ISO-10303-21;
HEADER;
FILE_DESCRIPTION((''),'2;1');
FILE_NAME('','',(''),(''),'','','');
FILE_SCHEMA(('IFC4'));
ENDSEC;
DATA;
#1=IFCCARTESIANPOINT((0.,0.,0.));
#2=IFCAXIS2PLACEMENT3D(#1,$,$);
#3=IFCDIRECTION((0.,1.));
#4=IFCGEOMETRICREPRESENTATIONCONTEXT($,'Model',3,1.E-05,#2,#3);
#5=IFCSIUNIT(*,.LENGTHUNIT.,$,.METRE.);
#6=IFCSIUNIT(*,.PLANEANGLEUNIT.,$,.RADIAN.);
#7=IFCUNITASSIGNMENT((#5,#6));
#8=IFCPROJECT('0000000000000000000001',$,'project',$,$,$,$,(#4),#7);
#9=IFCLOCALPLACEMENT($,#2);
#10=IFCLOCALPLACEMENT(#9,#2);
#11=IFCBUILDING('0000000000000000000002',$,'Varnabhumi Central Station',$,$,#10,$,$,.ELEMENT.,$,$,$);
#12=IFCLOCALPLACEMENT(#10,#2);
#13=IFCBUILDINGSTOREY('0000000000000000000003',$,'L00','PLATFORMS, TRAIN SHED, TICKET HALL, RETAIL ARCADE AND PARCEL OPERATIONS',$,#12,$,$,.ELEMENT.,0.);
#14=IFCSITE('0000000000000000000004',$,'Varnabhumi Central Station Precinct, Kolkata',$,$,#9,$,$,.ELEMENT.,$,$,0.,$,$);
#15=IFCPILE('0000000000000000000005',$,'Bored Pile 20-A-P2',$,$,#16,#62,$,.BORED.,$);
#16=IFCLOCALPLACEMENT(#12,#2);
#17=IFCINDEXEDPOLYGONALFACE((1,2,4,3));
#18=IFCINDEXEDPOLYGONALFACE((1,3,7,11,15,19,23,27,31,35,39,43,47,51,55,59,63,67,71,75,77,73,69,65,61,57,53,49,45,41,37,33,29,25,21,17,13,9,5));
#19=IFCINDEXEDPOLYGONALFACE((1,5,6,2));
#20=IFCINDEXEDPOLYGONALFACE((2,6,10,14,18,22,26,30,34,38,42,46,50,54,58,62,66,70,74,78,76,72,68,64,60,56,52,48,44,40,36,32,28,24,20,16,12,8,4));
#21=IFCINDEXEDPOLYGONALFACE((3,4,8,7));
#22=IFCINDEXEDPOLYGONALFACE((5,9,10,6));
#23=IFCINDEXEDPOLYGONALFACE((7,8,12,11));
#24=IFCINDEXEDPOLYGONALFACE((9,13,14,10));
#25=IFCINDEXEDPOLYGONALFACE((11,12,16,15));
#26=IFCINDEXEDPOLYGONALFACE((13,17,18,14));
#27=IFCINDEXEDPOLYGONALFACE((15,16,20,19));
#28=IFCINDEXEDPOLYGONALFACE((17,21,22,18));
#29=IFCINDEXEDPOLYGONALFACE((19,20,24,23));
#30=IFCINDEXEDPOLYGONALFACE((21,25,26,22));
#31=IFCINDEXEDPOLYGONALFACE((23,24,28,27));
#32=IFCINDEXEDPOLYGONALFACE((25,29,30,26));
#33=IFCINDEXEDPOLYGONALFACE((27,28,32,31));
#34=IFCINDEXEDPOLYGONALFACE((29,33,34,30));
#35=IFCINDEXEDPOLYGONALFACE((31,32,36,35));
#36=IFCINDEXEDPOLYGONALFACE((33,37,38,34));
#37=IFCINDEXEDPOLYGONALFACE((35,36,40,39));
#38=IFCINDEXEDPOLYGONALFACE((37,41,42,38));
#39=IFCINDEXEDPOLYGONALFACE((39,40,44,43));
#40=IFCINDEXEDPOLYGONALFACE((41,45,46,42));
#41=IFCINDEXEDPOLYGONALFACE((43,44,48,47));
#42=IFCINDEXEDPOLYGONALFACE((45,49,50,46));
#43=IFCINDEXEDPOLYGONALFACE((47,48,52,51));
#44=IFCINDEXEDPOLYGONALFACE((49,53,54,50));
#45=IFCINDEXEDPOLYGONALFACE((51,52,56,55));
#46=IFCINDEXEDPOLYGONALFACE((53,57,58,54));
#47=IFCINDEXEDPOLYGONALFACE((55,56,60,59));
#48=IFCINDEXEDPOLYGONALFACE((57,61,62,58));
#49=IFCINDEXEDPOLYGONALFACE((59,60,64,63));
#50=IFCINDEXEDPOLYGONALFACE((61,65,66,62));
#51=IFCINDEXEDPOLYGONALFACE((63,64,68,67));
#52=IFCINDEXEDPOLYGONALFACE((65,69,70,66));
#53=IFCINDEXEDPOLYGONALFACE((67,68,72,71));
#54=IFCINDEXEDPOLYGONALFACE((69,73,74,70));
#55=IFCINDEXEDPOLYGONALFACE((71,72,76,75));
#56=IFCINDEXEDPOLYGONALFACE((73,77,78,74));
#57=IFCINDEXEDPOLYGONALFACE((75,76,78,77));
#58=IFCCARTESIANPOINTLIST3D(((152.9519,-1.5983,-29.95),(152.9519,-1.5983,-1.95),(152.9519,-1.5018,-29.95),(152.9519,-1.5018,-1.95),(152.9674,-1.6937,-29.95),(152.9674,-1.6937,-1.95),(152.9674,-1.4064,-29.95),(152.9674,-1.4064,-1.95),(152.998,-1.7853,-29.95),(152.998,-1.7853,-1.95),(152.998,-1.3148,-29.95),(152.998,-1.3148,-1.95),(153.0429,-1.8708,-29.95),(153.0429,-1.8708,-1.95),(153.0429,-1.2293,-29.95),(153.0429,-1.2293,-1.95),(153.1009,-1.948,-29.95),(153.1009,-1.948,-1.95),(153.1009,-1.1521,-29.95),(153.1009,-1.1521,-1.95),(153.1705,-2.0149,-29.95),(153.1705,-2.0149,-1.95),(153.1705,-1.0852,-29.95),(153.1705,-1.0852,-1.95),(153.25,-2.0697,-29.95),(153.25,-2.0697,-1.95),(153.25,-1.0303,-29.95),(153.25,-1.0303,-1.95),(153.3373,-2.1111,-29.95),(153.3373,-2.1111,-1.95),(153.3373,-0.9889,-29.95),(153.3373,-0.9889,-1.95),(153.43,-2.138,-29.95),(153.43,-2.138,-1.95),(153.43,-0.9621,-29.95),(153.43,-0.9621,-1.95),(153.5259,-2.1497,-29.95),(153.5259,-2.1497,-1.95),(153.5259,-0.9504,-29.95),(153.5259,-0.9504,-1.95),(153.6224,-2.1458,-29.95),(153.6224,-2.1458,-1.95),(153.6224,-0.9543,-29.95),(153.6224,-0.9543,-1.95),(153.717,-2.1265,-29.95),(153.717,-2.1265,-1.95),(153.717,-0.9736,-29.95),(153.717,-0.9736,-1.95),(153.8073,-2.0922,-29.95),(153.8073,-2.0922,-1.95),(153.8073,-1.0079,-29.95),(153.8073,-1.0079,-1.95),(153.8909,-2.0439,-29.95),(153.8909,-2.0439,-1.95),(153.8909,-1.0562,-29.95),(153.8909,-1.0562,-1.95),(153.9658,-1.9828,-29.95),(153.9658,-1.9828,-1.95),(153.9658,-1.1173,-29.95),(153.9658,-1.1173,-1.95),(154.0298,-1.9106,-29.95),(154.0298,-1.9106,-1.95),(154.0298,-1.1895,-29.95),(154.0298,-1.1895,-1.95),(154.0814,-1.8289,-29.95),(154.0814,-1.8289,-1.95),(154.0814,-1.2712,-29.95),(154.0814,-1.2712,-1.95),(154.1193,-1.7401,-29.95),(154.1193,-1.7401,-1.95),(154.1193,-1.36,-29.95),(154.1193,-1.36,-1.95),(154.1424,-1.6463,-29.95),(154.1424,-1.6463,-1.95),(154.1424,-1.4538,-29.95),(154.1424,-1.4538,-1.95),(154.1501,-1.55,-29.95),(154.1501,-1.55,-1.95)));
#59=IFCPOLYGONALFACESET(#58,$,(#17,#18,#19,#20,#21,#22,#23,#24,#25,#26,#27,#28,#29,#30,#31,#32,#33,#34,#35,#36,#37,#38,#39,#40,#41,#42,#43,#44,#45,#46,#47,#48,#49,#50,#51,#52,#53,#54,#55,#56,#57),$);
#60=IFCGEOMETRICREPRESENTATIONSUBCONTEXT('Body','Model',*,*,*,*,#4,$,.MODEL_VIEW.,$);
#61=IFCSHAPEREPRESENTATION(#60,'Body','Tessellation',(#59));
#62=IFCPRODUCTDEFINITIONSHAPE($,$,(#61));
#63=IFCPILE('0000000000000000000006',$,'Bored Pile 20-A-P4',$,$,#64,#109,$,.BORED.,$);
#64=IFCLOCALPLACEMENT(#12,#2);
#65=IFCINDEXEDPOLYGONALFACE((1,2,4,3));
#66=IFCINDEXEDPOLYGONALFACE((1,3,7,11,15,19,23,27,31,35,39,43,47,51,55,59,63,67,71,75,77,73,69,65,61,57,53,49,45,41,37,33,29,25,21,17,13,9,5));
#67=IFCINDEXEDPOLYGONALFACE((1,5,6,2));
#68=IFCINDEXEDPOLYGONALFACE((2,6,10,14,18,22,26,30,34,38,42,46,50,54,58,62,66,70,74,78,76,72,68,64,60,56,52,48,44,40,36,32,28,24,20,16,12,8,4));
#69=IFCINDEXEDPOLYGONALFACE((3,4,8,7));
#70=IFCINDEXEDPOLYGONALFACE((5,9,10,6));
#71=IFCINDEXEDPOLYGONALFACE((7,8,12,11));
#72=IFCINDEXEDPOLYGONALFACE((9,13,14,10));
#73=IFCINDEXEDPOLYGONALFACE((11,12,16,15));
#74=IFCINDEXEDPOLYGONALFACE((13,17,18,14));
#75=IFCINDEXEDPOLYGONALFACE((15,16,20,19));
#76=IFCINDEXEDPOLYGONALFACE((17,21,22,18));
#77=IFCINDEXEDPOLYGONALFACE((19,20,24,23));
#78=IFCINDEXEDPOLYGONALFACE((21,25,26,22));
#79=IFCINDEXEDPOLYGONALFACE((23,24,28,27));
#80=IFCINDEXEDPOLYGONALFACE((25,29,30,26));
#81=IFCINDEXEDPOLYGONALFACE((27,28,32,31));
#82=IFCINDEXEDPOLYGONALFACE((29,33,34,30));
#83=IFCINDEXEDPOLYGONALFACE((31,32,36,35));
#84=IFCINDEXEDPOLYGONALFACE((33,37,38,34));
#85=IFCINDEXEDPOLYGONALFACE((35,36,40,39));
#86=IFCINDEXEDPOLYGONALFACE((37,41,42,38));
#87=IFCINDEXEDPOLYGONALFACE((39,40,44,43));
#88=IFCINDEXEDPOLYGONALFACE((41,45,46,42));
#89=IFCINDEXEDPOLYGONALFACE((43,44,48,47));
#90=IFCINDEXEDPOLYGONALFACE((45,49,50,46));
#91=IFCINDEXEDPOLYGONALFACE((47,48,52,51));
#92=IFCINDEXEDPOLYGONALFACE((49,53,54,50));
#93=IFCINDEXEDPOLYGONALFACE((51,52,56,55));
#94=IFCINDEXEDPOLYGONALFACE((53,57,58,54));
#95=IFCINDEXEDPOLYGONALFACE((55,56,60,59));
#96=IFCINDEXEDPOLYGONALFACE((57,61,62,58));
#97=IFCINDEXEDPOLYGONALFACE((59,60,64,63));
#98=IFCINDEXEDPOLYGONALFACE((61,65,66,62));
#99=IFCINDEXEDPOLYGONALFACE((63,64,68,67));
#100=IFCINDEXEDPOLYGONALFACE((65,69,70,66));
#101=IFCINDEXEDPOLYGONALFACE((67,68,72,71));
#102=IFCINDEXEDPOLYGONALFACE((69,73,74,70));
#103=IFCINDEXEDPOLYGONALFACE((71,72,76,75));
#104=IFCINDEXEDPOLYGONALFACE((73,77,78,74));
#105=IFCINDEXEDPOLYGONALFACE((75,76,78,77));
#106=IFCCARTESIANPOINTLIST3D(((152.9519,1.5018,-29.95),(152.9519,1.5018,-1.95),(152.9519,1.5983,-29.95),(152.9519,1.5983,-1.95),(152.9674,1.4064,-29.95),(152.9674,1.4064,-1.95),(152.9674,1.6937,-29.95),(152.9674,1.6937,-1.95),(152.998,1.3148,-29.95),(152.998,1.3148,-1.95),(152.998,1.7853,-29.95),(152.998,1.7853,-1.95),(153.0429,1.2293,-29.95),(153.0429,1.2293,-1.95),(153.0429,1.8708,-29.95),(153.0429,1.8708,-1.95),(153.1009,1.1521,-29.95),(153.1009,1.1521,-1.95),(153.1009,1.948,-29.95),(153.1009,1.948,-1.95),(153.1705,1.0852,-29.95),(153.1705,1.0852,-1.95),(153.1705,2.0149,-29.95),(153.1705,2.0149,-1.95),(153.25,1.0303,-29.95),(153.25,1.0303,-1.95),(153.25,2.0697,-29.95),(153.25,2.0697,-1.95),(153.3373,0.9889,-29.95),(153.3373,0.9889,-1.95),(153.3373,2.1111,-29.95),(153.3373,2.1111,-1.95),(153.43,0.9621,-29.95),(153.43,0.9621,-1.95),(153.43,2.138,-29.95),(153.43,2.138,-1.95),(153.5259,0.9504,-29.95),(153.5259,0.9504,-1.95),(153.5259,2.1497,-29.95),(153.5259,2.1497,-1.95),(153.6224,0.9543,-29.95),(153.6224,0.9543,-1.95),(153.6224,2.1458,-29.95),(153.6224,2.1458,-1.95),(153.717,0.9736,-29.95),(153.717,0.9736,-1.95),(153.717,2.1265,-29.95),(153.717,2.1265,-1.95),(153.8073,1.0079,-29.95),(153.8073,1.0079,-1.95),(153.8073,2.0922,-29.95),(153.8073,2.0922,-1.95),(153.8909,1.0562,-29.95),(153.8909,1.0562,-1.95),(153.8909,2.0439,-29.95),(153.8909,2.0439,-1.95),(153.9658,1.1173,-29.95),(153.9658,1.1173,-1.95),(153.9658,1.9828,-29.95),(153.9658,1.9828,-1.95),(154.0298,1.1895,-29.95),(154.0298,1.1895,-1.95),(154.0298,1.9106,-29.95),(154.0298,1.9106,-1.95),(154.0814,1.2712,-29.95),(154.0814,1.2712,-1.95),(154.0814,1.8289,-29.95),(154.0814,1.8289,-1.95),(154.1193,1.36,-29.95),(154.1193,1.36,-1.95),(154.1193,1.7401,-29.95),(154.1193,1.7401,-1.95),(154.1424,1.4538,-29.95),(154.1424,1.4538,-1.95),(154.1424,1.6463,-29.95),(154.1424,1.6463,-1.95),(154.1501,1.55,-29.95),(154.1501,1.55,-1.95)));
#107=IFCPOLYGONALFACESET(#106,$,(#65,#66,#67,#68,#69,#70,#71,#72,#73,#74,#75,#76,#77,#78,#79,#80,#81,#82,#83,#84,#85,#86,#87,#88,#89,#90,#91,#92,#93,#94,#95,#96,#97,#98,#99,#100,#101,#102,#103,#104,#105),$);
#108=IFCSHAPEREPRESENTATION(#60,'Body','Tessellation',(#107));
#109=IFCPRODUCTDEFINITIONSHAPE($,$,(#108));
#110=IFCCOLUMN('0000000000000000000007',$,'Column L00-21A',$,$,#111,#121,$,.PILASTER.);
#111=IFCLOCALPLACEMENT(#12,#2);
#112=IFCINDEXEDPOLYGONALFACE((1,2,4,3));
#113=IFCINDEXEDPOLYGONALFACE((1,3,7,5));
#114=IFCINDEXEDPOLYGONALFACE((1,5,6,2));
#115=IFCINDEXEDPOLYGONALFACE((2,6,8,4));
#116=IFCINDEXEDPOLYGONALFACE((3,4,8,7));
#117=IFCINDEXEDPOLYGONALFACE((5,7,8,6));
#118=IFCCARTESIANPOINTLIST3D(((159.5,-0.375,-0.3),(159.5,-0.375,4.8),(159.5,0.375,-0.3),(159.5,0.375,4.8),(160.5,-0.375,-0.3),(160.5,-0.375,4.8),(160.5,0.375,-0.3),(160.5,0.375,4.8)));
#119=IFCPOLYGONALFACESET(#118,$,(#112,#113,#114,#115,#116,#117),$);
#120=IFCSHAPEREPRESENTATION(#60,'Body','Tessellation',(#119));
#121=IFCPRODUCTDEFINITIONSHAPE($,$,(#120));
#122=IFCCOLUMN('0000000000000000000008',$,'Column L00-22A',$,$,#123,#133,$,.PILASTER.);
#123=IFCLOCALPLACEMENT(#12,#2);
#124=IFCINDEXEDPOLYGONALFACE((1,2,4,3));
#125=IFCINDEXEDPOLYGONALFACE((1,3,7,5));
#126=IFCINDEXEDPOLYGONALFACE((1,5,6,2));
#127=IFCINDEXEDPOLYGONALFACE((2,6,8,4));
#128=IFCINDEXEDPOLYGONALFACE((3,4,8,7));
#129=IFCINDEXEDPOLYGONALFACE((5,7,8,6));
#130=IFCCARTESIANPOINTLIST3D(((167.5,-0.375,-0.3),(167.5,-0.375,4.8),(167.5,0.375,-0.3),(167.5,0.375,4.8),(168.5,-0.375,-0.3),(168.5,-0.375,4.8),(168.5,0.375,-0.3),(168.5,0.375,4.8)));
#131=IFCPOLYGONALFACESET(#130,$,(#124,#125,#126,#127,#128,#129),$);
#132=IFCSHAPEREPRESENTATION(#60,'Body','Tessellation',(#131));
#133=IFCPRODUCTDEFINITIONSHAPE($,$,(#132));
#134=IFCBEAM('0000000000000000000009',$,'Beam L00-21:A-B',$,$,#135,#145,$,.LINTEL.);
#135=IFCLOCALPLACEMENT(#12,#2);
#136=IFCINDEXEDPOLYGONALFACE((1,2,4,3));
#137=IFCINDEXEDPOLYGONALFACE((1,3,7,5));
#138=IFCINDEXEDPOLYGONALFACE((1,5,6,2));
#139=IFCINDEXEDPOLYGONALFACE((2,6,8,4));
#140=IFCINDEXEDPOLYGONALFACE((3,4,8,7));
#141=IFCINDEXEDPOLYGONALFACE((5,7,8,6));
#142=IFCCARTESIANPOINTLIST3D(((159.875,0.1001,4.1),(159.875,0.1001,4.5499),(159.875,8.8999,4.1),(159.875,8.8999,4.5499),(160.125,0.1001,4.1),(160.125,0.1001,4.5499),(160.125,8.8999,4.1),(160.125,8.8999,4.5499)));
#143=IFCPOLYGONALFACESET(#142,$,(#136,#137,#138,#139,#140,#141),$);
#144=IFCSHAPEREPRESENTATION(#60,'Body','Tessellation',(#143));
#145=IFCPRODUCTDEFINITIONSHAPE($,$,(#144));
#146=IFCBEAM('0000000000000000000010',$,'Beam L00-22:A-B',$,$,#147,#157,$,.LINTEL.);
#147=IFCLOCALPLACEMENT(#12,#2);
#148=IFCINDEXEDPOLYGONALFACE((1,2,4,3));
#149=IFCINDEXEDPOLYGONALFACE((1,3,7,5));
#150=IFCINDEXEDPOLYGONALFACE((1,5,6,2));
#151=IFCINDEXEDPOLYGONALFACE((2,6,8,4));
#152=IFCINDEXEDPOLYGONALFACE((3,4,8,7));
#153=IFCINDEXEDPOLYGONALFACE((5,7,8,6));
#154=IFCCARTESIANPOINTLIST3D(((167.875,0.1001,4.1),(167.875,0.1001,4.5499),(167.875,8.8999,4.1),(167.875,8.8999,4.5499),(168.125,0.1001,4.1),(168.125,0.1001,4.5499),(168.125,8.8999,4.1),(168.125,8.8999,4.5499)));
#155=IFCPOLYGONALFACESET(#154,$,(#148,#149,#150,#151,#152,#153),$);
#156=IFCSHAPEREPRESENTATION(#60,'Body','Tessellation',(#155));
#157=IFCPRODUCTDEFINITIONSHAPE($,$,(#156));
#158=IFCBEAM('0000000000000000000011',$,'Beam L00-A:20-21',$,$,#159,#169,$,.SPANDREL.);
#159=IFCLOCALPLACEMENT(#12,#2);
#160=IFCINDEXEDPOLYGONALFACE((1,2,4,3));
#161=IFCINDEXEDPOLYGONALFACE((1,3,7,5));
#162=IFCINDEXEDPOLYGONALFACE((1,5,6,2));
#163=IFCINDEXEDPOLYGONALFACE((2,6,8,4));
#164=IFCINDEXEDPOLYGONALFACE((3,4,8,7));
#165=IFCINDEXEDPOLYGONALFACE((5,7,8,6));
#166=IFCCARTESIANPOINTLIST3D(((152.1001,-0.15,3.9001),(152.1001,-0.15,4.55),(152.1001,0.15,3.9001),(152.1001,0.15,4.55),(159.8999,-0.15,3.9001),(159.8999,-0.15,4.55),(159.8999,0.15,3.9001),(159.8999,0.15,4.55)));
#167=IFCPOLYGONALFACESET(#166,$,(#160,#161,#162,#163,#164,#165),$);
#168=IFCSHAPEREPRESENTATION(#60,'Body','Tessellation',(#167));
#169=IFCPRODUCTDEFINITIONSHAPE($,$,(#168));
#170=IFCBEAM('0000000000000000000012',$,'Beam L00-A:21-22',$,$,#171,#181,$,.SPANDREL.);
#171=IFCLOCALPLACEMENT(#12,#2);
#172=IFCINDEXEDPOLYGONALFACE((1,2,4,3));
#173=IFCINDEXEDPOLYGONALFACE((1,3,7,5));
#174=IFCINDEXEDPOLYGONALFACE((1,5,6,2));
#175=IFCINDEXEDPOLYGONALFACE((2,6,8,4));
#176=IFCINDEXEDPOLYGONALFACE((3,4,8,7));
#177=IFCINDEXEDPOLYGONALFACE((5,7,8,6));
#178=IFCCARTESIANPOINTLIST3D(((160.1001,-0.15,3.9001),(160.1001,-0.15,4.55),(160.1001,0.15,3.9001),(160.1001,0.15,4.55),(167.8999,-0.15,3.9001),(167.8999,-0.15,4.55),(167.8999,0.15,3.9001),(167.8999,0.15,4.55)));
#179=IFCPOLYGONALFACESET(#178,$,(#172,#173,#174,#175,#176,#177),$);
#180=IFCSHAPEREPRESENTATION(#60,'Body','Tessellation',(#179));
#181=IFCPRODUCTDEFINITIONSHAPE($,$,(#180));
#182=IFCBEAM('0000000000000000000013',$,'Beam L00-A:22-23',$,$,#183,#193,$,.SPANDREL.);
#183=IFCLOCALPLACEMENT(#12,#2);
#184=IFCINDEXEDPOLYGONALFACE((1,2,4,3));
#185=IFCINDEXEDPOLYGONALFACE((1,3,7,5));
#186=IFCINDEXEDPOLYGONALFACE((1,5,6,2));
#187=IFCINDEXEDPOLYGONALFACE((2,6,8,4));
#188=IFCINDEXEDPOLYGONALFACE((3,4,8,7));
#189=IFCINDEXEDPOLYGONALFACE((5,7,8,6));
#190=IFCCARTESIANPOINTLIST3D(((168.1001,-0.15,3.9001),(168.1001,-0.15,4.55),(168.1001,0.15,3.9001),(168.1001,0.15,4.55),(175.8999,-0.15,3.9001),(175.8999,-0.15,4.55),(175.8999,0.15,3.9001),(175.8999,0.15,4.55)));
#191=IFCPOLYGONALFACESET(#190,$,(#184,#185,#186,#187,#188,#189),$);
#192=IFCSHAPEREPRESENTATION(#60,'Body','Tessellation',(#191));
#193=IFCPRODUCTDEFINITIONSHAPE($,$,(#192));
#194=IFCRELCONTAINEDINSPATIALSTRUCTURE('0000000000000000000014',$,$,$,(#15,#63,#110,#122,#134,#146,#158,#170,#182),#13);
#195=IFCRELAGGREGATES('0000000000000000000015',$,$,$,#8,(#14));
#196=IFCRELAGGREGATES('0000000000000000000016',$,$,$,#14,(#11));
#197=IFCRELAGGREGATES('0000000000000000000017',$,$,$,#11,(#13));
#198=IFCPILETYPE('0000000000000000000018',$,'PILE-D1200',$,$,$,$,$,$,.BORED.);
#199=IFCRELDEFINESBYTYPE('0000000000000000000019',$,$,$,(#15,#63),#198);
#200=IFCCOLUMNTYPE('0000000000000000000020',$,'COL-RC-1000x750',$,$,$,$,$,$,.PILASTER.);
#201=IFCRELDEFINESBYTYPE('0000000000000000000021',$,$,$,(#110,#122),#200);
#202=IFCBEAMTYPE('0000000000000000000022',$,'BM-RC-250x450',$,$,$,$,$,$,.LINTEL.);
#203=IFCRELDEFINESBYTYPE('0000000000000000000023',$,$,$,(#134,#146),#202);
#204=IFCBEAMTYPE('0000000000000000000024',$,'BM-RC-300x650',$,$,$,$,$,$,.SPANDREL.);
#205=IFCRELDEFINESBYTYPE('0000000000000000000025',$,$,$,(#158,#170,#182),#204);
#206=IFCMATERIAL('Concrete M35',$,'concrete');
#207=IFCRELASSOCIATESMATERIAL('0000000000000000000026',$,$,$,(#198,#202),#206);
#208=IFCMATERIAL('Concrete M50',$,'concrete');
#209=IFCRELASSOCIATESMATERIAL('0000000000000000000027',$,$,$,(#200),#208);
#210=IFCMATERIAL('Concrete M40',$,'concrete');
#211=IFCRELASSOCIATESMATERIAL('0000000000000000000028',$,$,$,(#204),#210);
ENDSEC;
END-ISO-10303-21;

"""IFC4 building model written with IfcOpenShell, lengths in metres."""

from ifc_helpers import new_model, si_unit, direction, frame, origin, origin_2d, place, context, subcontext, project, spatial, rectangle, circle, extrude, material, material_profile, profile_set, type_object, element, save


model = new_model("IFC4")

# Units and contexts
model_context = context("Model", 3, precision=1e-05, world=origin(), true_north=direction((0.0, 1.0)))
body_context = subcontext(model_context, "Body", "Model", "MODEL_VIEW")
ifc_project = project(units=[si_unit("LENGTHUNIT", "METRE"), si_unit("PLANEANGLEUNIT", "RADIAN")], contexts=[model_context])

# Site, building, storey
site_placement = place(None, origin())
site = spatial("IfcSite", under=ifc_project, at=site_placement, Name="Varnabhumi Central Station Precinct, Kolkata", CompositionType="ELEMENT", RefElevation=0.0)
building_placement = place(site_placement, origin())
building = spatial("IfcBuilding", under=site, at=building_placement, Name="Varnabhumi Central Station", CompositionType="ELEMENT")
storey_placement = place(building_placement, origin())
storey = spatial("IfcBuildingStorey", under=building, at=storey_placement, Name="L00", Description="PLATFORMS, TRAIN SHED, TICKET HALL, RETAIL ARCADE AND PARCEL OPERATIONS", CompositionType="ELEMENT", Elevation=0.0)

# Shared definitions
ifc_material_1 = material(Name="Concrete M40", Category="concrete")

# Piles
ifc_material_2 = material(Name="Concrete M35", Category="concrete")
ifc_material_profile_1 = material_profile(ifc_material_2, circle(Radius=0.6001, at=origin_2d()), Name="Concrete M35", Category="concrete")
ifc_profile_set_1 = profile_set([ifc_material_profile_1], Name="Concrete M35")
pile_type_1 = type_object("IfcPileType", Name="PILE-D1200", PredefinedType="BORED", material=ifc_profile_set_1)
for number, where, z_axis, x_axis, name in (
    (1, (153.55, -1.55, -1.95), (0.0, 0.0, -1.0), (1.0, 0.0, 0.0), "Bored Pile 20-A-P2"),
    (2, (153.55, 1.55, -1.95), (0.0, 0.0, -1.0), (1.0, 0.0, 0.0), "Bored Pile 20-A-P4"),
):
    element("IfcPile", number, at=place(storey_placement, frame(where, z_axis=z_axis, x_axis=x_axis)), inside=storey, type_object=pile_type_1, Name=name, PredefinedType="BORED", context=body_context, shape_type="SweptSolid", body=[
        extrude(circle(Radius=0.6001, at=origin_2d()), origin(), (0.0, 0.0, 1.0), 28.0),
    ])

# Columns
ifc_material_3 = material(Name="Concrete M50", Category="concrete")
ifc_material_profile_2 = material_profile(ifc_material_3, rectangle(XDim=1.0, YDim=0.75, at=origin_2d()), Name="Concrete M50", Category="concrete")
ifc_profile_set_2 = profile_set([ifc_material_profile_2], Name="Concrete M50")
column_type = type_object("IfcColumnType", Name="COL-RC-1000x750", PredefinedType="PILASTER", material=ifc_profile_set_2)
for number, where, z_axis, x_axis, name in (
    (3, (160.0, 0.0, -0.3), (0.0, 0.0, 1.0), (1.0, 0.0, 0.0), "Column L00-21A"),
    (4, (168.0, 0.0, -0.3), (0.0, 0.0, 1.0), (1.0, 0.0, 0.0), "Column L00-22A"),
):
    element("IfcColumn", number, at=place(storey_placement, frame(where, z_axis=z_axis, x_axis=x_axis)), inside=storey, type_object=column_type, Name=name, PredefinedType="PILASTER", context=body_context, shape_type="SweptSolid", body=[
        extrude(rectangle(XDim=1.0, YDim=0.75, at=origin_2d()), origin(), (0.0, 0.0, 1.0), 5.1001),
    ])

# Beams
ifc_material_profile_3 = material_profile(ifc_material_2, rectangle(XDim=0.25, YDim=0.45, at=origin_2d()), Name="Concrete M35", Category="concrete")
ifc_profile_set_3 = profile_set([ifc_material_profile_3], Name="Concrete M35")
beam_type_1 = type_object("IfcBeamType", Name="BM-RC-250x450", PredefinedType="LINTEL", material=ifc_profile_set_3)
for number, where, z_axis, x_axis, name in (
    (5, (160.0, 0.1001, 4.325), (0.0, 1.0, 0.0), (-1.0, 0.0, 0.0), "Beam L00-21:A-B"),
    (6, (168.0, 0.1001, 4.325), (0.0, 1.0, 0.0), (-1.0, 0.0, 0.0), "Beam L00-22:A-B"),
):
    element("IfcBeam", number, at=place(storey_placement, frame(where, z_axis=z_axis, x_axis=x_axis)), inside=storey, type_object=beam_type_1, Name=name, PredefinedType="LINTEL", context=body_context, shape_type="SweptSolid", body=[
        extrude(rectangle(XDim=0.25, YDim=0.45, at=origin_2d()), origin(), (0.0, 0.0, 1.0), 8.7998),
    ])
ifc_material_profile_4 = material_profile(ifc_material_1, rectangle(XDim=0.3, YDim=0.6499, at=origin_2d()), Name="Concrete M40", Category="concrete")
ifc_profile_set_4 = profile_set([ifc_material_profile_4], Name="Concrete M40")
beam_type_2 = type_object("IfcBeamType", Name="BM-RC-300x650", PredefinedType="SPANDREL", material=ifc_profile_set_4)
for number, where, z_axis, x_axis, name in (
    (7, (152.1001, 0.0, 4.2251), (1.0, 0.0, 0.0), (0.0, 1.0, 0.0), "Beam L00-A:20-21"),
    (8, (160.1001, 0.0, 4.2251), (1.0, 0.0, 0.0), (0.0, 1.0, 0.0), "Beam L00-A:21-22"),
    (9, (168.1001, 0.0, 4.2251), (1.0, 0.0, 0.0), (0.0, 1.0, 0.0), "Beam L00-A:22-23"),
):
    element("IfcBeam", number, at=place(storey_placement, frame(where, z_axis=z_axis, x_axis=x_axis)), inside=storey, type_object=beam_type_2, Name=name, PredefinedType="SPANDREL", context=body_context, shape_type="SweptSolid", body=[
        extrude(rectangle(XDim=0.3, YDim=0.6499, at=origin_2d()), origin(), (0.0, 0.0, 1.0), 7.7998),
    ])

save(model, "model.ifc")
